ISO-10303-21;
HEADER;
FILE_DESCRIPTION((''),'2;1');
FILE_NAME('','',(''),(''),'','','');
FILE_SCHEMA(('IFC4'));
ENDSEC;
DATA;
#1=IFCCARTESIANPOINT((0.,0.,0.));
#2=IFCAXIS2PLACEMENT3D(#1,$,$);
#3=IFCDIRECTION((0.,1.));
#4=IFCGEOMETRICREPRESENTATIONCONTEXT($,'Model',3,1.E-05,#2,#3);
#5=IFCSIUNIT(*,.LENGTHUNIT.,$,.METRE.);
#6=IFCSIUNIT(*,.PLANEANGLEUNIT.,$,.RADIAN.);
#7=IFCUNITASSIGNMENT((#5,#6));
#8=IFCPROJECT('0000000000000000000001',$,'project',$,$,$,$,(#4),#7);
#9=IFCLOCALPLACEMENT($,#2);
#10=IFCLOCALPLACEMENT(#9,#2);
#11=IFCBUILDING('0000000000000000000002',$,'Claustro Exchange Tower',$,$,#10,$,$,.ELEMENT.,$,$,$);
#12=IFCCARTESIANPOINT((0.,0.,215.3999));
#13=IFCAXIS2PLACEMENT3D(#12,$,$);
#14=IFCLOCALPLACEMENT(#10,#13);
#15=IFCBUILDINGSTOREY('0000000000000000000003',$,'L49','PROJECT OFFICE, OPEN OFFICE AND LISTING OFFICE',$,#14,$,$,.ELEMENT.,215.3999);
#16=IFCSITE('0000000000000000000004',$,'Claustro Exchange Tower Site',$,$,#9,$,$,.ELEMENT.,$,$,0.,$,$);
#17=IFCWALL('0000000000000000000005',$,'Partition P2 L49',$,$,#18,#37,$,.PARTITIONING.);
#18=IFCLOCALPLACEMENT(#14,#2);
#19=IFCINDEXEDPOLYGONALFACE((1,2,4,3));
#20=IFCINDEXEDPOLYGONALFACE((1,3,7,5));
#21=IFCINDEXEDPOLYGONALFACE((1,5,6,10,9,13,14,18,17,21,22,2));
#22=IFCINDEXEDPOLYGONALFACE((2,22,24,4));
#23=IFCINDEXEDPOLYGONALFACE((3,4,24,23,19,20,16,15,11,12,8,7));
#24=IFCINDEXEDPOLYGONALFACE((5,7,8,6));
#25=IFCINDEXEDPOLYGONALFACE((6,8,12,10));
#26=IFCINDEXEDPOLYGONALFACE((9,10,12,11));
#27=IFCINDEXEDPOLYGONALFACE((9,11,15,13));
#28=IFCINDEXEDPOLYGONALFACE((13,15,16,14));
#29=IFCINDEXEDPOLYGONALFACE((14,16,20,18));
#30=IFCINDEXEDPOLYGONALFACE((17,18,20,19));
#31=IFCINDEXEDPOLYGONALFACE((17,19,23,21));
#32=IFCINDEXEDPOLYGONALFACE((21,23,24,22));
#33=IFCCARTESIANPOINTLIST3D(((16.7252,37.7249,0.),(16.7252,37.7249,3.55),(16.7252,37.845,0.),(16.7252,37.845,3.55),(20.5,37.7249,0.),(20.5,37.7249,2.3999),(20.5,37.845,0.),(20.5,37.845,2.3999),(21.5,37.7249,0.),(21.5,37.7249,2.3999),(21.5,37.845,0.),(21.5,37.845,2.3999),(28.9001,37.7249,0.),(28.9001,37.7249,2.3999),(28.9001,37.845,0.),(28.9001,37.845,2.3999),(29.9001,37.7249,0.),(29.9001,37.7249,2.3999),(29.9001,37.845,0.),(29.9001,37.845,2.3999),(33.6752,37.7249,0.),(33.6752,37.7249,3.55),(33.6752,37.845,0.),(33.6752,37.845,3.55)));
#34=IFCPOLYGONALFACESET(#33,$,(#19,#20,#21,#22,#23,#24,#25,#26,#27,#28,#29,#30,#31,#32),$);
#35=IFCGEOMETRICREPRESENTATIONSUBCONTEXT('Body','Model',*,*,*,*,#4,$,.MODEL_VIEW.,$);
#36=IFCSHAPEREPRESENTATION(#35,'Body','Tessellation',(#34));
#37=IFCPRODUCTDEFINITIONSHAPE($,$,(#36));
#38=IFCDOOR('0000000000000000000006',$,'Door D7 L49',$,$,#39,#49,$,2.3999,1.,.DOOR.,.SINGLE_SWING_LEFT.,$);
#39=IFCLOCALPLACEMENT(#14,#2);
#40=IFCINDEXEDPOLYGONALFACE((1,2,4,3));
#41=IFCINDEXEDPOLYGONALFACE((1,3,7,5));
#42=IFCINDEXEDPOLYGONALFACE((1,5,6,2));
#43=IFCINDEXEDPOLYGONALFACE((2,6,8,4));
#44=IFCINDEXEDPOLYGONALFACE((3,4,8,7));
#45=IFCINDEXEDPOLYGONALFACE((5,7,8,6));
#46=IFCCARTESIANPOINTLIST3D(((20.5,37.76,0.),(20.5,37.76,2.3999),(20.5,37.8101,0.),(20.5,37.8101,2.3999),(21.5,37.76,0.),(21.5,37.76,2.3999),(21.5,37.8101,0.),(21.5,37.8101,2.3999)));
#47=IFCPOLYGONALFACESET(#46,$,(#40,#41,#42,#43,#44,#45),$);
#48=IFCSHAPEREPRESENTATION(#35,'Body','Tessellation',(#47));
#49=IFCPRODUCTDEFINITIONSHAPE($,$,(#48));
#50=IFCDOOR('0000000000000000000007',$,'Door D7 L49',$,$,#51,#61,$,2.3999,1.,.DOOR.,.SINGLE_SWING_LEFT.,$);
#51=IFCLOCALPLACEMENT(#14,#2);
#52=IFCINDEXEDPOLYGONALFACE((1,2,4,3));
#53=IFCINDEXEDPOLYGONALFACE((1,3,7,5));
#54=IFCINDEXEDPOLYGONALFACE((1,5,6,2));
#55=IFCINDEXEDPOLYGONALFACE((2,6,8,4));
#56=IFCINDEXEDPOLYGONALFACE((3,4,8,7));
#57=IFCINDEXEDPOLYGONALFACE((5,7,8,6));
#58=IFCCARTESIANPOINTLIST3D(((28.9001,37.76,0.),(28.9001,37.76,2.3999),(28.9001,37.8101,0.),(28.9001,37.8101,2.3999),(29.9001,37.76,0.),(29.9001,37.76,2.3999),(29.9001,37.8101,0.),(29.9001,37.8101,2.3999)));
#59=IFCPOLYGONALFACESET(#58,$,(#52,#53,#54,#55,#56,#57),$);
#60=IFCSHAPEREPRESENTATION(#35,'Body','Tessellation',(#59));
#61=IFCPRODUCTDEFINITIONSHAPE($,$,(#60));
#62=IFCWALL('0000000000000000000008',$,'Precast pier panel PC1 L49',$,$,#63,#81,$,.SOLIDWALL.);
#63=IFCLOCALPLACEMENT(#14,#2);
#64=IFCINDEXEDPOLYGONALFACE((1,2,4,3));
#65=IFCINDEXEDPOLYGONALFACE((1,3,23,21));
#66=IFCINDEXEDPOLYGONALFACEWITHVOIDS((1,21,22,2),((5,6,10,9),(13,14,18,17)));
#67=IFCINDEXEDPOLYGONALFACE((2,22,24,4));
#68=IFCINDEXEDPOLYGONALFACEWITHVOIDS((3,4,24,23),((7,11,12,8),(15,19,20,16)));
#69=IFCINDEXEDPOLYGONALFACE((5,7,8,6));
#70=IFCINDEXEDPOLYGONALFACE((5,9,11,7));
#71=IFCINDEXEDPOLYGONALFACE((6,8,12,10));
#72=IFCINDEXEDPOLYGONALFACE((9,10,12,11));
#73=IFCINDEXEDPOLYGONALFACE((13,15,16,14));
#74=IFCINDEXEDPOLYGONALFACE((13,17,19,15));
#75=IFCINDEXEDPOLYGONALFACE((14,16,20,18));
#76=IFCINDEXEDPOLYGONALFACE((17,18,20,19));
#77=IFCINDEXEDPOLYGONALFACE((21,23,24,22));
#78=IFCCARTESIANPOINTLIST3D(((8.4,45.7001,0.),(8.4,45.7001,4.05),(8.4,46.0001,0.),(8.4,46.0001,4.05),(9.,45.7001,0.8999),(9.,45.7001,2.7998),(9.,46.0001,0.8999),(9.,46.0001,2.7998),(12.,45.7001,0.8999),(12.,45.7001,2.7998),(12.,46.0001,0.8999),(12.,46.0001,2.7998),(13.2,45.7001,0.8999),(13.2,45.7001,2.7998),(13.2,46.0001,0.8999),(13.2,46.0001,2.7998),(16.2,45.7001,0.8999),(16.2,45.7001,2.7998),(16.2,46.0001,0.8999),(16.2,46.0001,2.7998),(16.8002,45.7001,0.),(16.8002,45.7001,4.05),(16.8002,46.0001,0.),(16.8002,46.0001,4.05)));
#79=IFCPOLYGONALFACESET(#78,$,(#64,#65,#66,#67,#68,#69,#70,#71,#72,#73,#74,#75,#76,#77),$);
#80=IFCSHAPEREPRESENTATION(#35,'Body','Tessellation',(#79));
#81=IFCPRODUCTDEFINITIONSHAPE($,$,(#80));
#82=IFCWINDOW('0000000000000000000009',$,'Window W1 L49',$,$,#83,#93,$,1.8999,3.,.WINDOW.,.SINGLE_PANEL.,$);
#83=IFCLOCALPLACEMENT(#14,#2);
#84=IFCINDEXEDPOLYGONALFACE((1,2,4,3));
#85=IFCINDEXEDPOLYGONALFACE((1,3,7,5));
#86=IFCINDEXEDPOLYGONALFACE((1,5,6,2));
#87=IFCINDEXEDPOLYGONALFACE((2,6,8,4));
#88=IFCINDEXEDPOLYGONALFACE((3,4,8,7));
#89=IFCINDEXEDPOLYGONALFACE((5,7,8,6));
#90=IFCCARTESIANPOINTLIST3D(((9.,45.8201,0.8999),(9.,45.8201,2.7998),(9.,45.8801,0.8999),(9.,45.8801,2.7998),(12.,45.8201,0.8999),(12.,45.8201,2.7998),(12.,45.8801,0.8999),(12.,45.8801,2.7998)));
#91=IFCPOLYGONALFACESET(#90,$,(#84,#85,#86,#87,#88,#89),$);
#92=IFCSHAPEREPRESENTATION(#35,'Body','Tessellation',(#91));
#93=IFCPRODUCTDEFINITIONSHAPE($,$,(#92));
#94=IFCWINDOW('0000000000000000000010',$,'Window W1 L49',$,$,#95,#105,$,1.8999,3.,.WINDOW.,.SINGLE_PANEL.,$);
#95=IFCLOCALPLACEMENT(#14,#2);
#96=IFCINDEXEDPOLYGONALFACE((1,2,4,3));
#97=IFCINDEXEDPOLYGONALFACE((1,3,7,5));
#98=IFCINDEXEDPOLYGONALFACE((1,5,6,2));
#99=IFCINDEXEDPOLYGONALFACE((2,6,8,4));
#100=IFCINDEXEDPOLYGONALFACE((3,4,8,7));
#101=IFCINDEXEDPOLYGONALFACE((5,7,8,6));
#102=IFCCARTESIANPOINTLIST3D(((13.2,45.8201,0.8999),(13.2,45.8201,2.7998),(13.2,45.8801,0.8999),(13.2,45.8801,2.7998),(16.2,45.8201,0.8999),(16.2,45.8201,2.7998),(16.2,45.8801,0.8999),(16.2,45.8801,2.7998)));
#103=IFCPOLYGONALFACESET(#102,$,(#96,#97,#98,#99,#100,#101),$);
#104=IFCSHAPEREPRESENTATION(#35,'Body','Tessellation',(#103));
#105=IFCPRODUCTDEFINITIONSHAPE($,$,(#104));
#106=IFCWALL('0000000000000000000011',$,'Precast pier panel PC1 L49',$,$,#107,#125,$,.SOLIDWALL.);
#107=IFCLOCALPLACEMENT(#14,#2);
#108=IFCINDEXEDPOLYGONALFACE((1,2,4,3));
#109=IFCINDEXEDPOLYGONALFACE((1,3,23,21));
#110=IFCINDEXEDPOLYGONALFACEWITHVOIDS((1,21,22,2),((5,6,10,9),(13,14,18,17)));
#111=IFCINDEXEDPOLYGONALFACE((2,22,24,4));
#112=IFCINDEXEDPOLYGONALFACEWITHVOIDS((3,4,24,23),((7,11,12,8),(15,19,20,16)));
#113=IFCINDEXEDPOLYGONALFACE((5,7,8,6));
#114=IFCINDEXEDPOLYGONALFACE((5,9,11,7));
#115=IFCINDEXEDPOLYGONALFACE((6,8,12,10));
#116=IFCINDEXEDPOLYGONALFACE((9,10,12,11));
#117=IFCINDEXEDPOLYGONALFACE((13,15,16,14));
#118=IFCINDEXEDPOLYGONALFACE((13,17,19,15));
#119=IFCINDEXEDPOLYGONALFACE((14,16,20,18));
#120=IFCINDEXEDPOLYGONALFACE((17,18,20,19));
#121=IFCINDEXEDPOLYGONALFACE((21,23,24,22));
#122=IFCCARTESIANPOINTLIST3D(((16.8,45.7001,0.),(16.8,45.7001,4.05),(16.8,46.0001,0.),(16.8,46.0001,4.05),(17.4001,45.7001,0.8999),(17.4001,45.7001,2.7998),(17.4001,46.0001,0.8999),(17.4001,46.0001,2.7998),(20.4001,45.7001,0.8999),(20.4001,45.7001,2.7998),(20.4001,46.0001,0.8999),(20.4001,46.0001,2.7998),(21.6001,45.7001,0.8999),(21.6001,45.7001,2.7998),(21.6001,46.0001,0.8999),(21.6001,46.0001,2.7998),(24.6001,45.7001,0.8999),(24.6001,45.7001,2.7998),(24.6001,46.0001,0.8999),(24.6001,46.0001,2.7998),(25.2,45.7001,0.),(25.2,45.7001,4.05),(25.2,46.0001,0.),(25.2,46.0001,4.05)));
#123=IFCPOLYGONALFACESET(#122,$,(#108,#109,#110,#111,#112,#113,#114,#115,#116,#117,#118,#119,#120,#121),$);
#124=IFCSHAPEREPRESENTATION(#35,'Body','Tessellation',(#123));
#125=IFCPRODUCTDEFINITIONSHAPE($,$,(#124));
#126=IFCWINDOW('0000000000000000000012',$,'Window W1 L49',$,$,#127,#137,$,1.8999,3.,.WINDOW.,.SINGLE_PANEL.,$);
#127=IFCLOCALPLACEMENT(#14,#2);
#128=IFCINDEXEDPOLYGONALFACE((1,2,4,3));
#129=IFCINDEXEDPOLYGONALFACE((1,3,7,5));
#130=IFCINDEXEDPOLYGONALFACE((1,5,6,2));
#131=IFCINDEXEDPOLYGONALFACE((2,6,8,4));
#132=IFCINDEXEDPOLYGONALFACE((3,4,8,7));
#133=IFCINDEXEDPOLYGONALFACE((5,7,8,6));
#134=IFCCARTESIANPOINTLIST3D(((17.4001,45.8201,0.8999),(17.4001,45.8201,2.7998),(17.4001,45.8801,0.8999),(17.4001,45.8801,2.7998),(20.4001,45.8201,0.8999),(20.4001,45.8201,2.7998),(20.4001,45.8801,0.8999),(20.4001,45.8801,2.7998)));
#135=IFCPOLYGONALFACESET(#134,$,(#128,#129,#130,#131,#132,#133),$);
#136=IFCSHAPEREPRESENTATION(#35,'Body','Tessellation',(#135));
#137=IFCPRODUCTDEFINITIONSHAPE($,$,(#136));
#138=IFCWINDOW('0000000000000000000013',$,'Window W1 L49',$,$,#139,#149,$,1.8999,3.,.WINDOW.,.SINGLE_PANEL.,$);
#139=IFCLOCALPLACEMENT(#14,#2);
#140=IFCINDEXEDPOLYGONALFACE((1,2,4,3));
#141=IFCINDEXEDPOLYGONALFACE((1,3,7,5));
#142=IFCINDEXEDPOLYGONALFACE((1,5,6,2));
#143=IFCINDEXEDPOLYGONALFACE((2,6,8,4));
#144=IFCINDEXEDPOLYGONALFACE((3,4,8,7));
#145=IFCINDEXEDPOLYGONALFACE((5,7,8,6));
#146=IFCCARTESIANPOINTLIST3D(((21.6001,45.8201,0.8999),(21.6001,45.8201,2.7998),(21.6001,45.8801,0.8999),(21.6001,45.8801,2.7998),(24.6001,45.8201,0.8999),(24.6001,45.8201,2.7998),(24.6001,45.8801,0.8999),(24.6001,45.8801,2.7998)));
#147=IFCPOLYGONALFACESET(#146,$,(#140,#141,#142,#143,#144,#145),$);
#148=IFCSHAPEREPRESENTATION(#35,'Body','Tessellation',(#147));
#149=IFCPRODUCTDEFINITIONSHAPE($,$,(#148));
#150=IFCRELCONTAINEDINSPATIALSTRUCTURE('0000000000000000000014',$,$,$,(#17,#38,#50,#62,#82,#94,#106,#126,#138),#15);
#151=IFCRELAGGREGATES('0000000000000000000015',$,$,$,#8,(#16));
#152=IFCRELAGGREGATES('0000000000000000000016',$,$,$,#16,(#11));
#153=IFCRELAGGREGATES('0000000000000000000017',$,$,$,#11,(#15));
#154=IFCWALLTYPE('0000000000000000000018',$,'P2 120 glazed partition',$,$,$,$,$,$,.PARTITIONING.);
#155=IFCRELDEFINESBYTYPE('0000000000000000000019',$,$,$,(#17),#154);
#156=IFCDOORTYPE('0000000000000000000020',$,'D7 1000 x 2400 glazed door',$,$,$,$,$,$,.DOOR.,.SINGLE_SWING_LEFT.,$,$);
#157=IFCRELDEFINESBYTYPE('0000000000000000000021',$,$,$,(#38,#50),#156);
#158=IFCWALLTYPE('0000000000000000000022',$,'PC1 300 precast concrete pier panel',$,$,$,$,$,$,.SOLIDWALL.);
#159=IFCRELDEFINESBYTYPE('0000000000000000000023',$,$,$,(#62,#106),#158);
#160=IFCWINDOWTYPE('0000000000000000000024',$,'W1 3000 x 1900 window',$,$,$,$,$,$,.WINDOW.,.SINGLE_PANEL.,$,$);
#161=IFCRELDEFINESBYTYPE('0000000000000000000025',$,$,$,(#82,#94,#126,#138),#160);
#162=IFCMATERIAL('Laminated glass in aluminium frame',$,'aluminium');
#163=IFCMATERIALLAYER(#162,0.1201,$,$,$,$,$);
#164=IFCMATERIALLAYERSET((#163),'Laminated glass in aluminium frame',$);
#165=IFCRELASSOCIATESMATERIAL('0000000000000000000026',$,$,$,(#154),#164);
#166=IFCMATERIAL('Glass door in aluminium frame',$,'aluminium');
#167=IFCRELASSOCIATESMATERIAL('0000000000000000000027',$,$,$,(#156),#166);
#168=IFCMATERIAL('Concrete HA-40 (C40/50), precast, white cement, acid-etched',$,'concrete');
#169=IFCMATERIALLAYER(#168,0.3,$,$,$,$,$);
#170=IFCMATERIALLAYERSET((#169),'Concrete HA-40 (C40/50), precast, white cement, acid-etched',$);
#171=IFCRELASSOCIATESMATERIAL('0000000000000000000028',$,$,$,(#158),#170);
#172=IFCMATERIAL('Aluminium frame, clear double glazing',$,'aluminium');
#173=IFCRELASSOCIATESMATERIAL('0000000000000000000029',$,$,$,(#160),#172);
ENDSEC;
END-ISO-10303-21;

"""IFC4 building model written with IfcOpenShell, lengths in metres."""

from ifc_helpers import new_model, si_unit, direction, frame, frame_2d, origin, place, context, subcontext, project, spatial, rectangle, extrude, material, layer, layer_set, type_object, element, fill, save


model = new_model("IFC4")

# Units and contexts
model_context = context("Model", 3, precision=1e-05, world=origin(), true_north=direction((0.0, 1.0)))
body_context = subcontext(model_context, "Body", "Model", "MODEL_VIEW")
ifc_project = project(units=[si_unit("LENGTHUNIT", "METRE"), si_unit("PLANEANGLEUNIT", "RADIAN")], contexts=[model_context])

# Site, building, storey
site_placement = place(None, origin())
site = spatial("IfcSite", under=ifc_project, at=site_placement, Name="Claustro Exchange Tower Site", CompositionType="ELEMENT", RefElevation=0.0)
building_placement = place(site_placement, origin())
building = spatial("IfcBuilding", under=site, at=building_placement, Name="Claustro Exchange Tower", CompositionType="ELEMENT")
storey_placement = place(building_placement, frame((0.0, 0.0, 215.3999)))
storey = spatial("IfcBuildingStorey", under=building, at=storey_placement, Name="L49", Description="PROJECT OFFICE, OPEN OFFICE AND LISTING OFFICE", CompositionType="ELEMENT", Elevation=215.3999)

# Shared definitions
ifc_material_1 = material(Name="Laminated glass in aluminium frame", Category="aluminium")
ifc_layer_1 = layer(ifc_material_1, 0.1201)
ifc_layer_set_1 = layer_set([ifc_layer_1], Name="Laminated glass in aluminium frame")
wall_type_1 = type_object("IfcWallType", Name="P2 120 glazed partition", PredefinedType="PARTITIONING", material=ifc_layer_set_1)

# Wall, openings, doors
wall_1_placement = place(storey_placement, frame((16.7251, 37.7849, 0.0), z_axis=(0.0, 0.0, 1.0), x_axis=(1.0, 0.0, 0.0)))
wall_1 = element("IfcWall", 1, at=wall_1_placement, inside=storey, type_object=wall_type_1, Name="Partition P2 L49", PredefinedType="PARTITIONING", context=body_context, shape_type="SweptSolid", body=[
    extrude(rectangle(XDim=16.95, YDim=0.1201, at=frame_2d((8.4751, 0.0))), origin(), (0.0, 0.0, 1.0), 3.55),
])
opening_1_placement = place(wall_1_placement, frame((3.7749, 0.0, 0.0)))
opening_1 = element("IfcOpeningElement", 2, at=opening_1_placement, cuts=wall_1, PredefinedType="OPENING", context=body_context, shape_type="SweptSolid", body=[
    extrude(rectangle(XDim=1.0, YDim=2.3999, at=frame_2d((0.5, 1.2))), frame((0.0, 0.0701, 0.0), z_axis=(0.0, -1.0, 0.0), x_axis=(1.0, 0.0, 0.0)), (0.0, 0.0, 1.0), 0.1401),
])
opening_2_placement = place(wall_1_placement, frame((12.175, 0.0, 0.0)))
opening_2 = element("IfcOpeningElement", 3, at=opening_2_placement, cuts=wall_1, PredefinedType="OPENING", context=body_context, shape_type="SweptSolid", body=[
    extrude(rectangle(XDim=1.0, YDim=2.3999, at=frame_2d((0.5, 1.2))), frame((0.0, 0.0701, 0.0), z_axis=(0.0, -1.0, 0.0), x_axis=(1.0, 0.0, 0.0)), (0.0, 0.0, 1.0), 0.1401),
])
ifc_material_2 = material(Name="Glass door in aluminium frame", Category="aluminium")
door_type = type_object("IfcDoorType", Name="D7 1000 x 2400 glazed door", OperationType="SINGLE_SWING_LEFT", PredefinedType="DOOR", material=ifc_material_2)
door_1_placement = place(opening_1_placement, frame((1.0, 0.0, 0.0), z_axis=(0.0, 0.0, 1.0), x_axis=(-1.0, 0.0, 0.0)))
door_1 = element("IfcDoor", 4, at=door_1_placement, inside=storey, type_object=door_type, Name="Door D7 L49", OperationType="SINGLE_SWING_LEFT", OverallHeight=2.3999, OverallWidth=1.0, PredefinedType="DOOR", context=body_context, shape_type="SweptSolid", body=[
    extrude(rectangle(XDim=1.0, YDim=2.3999, at=frame_2d((0.5, 1.2))), frame((0.0, 0.0249, 0.0), z_axis=(0.0, -1.0, 0.0), x_axis=(1.0, 0.0, 0.0)), (0.0, 0.0, 1.0), 0.05),
])
fill(opening_1, door_1)
door_2_placement = place(opening_2_placement, frame((1.0, 0.0, 0.0), z_axis=(0.0, 0.0, 1.0), x_axis=(-1.0, 0.0, 0.0)))
door_2 = element("IfcDoor", 5, at=door_2_placement, inside=storey, type_object=door_type, Name="Door D7 L49", OperationType="SINGLE_SWING_LEFT", OverallHeight=2.3999, OverallWidth=1.0, PredefinedType="DOOR", context=body_context, shape_type="SweptSolid", body=[
    extrude(rectangle(XDim=1.0, YDim=2.3999, at=frame_2d((0.5, 1.2))), frame((0.0, 0.0249, 0.0), z_axis=(0.0, -1.0, 0.0), x_axis=(1.0, 0.0, 0.0)), (0.0, 0.0, 1.0), 0.05),
])
fill(opening_2, door_2)

# Walls, openings, windows
ifc_material_3 = material(Name="Concrete HA-40 (C40/50), precast, white cement, acid-etched", Category="concrete")
ifc_layer_2 = layer(ifc_material_3, 0.3)
ifc_layer_set_2 = layer_set([ifc_layer_2], Name="Concrete HA-40 (C40/50), precast, white cement, acid-etched")
wall_type_2 = type_object("IfcWallType", Name="PC1 300 precast concrete pier panel", PredefinedType="SOLIDWALL", material=ifc_layer_set_2)
wall_2_placement = place(storey_placement, frame((8.3999, 45.8501, 0.0), z_axis=(0.0, 0.0, 1.0), x_axis=(1.0, 0.0, 0.0)))
wall_2 = element("IfcWall", 6, at=wall_2_placement, inside=storey, type_object=wall_type_2, Name="Precast pier panel PC1 L49", PredefinedType="SOLIDWALL", context=body_context, shape_type="SweptSolid", body=[
    extrude(rectangle(XDim=8.4001, YDim=0.3, at=frame_2d((4.2002, 0.0))), origin(), (0.0, 0.0, 1.0), 4.05),
])
opening_3_placement = place(wall_2_placement, frame((0.6001, 0.0, 0.8999)))
opening_3 = element("IfcOpeningElement", 7, at=opening_3_placement, cuts=wall_2, PredefinedType="OPENING", context=body_context, shape_type="SweptSolid", body=[
    extrude(rectangle(XDim=3.0, YDim=1.8999, at=frame_2d((1.5, 0.95))), frame((0.0, 0.1599, 0.0), z_axis=(0.0, -1.0, 0.0), x_axis=(1.0, 0.0, 0.0)), (0.0, 0.0, 1.0), 0.3201),
])
opening_4_placement = place(wall_2_placement, frame((4.8, 0.0, 0.8999)))
opening_4 = element("IfcOpeningElement", 8, at=opening_4_placement, cuts=wall_2, PredefinedType="OPENING", context=body_context, shape_type="SweptSolid", body=[
    extrude(rectangle(XDim=3.0, YDim=1.8999, at=frame_2d((1.5, 0.95))), frame((0.0, 0.1599, 0.0), z_axis=(0.0, -1.0, 0.0), x_axis=(1.0, 0.0, 0.0)), (0.0, 0.0, 1.0), 0.3201),
])
ifc_material_4 = material(Name="Aluminium frame, clear double glazing", Category="aluminium")
window_type = type_object("IfcWindowType", Name="W1 3000 x 1900 window", PartitioningType="SINGLE_PANEL", PredefinedType="WINDOW", material=ifc_material_4)
window_1_placement = place(opening_3_placement, origin())
window_1 = element("IfcWindow", 9, at=window_1_placement, inside=storey, type_object=window_type, Name="Window W1 L49", OverallHeight=1.8999, OverallWidth=3.0, PartitioningType="SINGLE_PANEL", PredefinedType="WINDOW", context=body_context, shape_type="SweptSolid", body=[
    extrude(rectangle(XDim=3.0, YDim=1.8999, at=frame_2d((1.5, 0.95))), frame((0.0, 0.03, 0.0), z_axis=(0.0, -1.0, 0.0), x_axis=(1.0, 0.0, 0.0)), (0.0, 0.0, 1.0), 0.0601),
])
fill(opening_3, window_1)
window_2_placement = place(opening_4_placement, origin())
window_2 = element("IfcWindow", 10, at=window_2_placement, inside=storey, type_object=window_type, Name="Window W1 L49", OverallHeight=1.8999, OverallWidth=3.0, PartitioningType="SINGLE_PANEL", PredefinedType="WINDOW", context=body_context, shape_type="SweptSolid", body=[
    extrude(rectangle(XDim=3.0, YDim=1.8999, at=frame_2d((1.5, 0.95))), frame((0.0, 0.03, 0.0), z_axis=(0.0, -1.0, 0.0), x_axis=(1.0, 0.0, 0.0)), (0.0, 0.0, 1.0), 0.0601),
])
fill(opening_4, window_2)
wall_3_placement = place(storey_placement, frame((16.8, 45.8501, 0.0), z_axis=(0.0, 0.0, 1.0), x_axis=(1.0, 0.0, 0.0)))
wall_3 = element("IfcWall", 11, at=wall_3_placement, inside=storey, type_object=wall_type_2, Name="Precast pier panel PC1 L49", PredefinedType="SOLIDWALL", context=body_context, shape_type="SweptSolid", body=[
    extrude(rectangle(XDim=8.3999, YDim=0.3, at=frame_2d((4.2, 0.0))), origin(), (0.0, 0.0, 1.0), 4.05),
])
opening_5_placement = place(wall_3_placement, frame((0.6001, 0.0, 0.8999)))
opening_5 = element("IfcOpeningElement", 12, at=opening_5_placement, cuts=wall_3, PredefinedType="OPENING", context=body_context, shape_type="SweptSolid", body=[
    extrude(rectangle(XDim=3.0, YDim=1.8999, at=frame_2d((1.5, 0.95))), frame((0.0, 0.1599, 0.0), z_axis=(0.0, -1.0, 0.0), x_axis=(1.0, 0.0, 0.0)), (0.0, 0.0, 1.0), 0.3201),
])
opening_6_placement = place(wall_3_placement, frame((4.8, 0.0, 0.8999)))
opening_6 = element("IfcOpeningElement", 13, at=opening_6_placement, cuts=wall_3, PredefinedType="OPENING", context=body_context, shape_type="SweptSolid", body=[
    extrude(rectangle(XDim=3.0, YDim=1.8999, at=frame_2d((1.5, 0.95))), frame((0.0, 0.1599, 0.0), z_axis=(0.0, -1.0, 0.0), x_axis=(1.0, 0.0, 0.0)), (0.0, 0.0, 1.0), 0.3201),
])
window_3_placement = place(opening_5_placement, origin())
window_3 = element("IfcWindow", 14, at=window_3_placement, inside=storey, type_object=window_type, Name="Window W1 L49", OverallHeight=1.8999, OverallWidth=3.0, PartitioningType="SINGLE_PANEL", PredefinedType="WINDOW", context=body_context, shape_type="SweptSolid", body=[
    extrude(rectangle(XDim=3.0, YDim=1.8999, at=frame_2d((1.5, 0.95))), frame((0.0, 0.03, 0.0), z_axis=(0.0, -1.0, 0.0), x_axis=(1.0, 0.0, 0.0)), (0.0, 0.0, 1.0), 0.0601),
])
fill(opening_5, window_3)
window_4_placement = place(opening_6_placement, origin())
window_4 = element("IfcWindow", 15, at=window_4_placement, inside=storey, type_object=window_type, Name="Window W1 L49", OverallHeight=1.8999, OverallWidth=3.0, PartitioningType="SINGLE_PANEL", PredefinedType="WINDOW", context=body_context, shape_type="SweptSolid", body=[
    extrude(rectangle(XDim=3.0, YDim=1.8999, at=frame_2d((1.5, 0.95))), frame((0.0, 0.03, 0.0), z_axis=(0.0, -1.0, 0.0), x_axis=(1.0, 0.0, 0.0)), (0.0, 0.0, 1.0), 0.0601),
])
fill(opening_6, window_4)

save(model, "model.ifc")
